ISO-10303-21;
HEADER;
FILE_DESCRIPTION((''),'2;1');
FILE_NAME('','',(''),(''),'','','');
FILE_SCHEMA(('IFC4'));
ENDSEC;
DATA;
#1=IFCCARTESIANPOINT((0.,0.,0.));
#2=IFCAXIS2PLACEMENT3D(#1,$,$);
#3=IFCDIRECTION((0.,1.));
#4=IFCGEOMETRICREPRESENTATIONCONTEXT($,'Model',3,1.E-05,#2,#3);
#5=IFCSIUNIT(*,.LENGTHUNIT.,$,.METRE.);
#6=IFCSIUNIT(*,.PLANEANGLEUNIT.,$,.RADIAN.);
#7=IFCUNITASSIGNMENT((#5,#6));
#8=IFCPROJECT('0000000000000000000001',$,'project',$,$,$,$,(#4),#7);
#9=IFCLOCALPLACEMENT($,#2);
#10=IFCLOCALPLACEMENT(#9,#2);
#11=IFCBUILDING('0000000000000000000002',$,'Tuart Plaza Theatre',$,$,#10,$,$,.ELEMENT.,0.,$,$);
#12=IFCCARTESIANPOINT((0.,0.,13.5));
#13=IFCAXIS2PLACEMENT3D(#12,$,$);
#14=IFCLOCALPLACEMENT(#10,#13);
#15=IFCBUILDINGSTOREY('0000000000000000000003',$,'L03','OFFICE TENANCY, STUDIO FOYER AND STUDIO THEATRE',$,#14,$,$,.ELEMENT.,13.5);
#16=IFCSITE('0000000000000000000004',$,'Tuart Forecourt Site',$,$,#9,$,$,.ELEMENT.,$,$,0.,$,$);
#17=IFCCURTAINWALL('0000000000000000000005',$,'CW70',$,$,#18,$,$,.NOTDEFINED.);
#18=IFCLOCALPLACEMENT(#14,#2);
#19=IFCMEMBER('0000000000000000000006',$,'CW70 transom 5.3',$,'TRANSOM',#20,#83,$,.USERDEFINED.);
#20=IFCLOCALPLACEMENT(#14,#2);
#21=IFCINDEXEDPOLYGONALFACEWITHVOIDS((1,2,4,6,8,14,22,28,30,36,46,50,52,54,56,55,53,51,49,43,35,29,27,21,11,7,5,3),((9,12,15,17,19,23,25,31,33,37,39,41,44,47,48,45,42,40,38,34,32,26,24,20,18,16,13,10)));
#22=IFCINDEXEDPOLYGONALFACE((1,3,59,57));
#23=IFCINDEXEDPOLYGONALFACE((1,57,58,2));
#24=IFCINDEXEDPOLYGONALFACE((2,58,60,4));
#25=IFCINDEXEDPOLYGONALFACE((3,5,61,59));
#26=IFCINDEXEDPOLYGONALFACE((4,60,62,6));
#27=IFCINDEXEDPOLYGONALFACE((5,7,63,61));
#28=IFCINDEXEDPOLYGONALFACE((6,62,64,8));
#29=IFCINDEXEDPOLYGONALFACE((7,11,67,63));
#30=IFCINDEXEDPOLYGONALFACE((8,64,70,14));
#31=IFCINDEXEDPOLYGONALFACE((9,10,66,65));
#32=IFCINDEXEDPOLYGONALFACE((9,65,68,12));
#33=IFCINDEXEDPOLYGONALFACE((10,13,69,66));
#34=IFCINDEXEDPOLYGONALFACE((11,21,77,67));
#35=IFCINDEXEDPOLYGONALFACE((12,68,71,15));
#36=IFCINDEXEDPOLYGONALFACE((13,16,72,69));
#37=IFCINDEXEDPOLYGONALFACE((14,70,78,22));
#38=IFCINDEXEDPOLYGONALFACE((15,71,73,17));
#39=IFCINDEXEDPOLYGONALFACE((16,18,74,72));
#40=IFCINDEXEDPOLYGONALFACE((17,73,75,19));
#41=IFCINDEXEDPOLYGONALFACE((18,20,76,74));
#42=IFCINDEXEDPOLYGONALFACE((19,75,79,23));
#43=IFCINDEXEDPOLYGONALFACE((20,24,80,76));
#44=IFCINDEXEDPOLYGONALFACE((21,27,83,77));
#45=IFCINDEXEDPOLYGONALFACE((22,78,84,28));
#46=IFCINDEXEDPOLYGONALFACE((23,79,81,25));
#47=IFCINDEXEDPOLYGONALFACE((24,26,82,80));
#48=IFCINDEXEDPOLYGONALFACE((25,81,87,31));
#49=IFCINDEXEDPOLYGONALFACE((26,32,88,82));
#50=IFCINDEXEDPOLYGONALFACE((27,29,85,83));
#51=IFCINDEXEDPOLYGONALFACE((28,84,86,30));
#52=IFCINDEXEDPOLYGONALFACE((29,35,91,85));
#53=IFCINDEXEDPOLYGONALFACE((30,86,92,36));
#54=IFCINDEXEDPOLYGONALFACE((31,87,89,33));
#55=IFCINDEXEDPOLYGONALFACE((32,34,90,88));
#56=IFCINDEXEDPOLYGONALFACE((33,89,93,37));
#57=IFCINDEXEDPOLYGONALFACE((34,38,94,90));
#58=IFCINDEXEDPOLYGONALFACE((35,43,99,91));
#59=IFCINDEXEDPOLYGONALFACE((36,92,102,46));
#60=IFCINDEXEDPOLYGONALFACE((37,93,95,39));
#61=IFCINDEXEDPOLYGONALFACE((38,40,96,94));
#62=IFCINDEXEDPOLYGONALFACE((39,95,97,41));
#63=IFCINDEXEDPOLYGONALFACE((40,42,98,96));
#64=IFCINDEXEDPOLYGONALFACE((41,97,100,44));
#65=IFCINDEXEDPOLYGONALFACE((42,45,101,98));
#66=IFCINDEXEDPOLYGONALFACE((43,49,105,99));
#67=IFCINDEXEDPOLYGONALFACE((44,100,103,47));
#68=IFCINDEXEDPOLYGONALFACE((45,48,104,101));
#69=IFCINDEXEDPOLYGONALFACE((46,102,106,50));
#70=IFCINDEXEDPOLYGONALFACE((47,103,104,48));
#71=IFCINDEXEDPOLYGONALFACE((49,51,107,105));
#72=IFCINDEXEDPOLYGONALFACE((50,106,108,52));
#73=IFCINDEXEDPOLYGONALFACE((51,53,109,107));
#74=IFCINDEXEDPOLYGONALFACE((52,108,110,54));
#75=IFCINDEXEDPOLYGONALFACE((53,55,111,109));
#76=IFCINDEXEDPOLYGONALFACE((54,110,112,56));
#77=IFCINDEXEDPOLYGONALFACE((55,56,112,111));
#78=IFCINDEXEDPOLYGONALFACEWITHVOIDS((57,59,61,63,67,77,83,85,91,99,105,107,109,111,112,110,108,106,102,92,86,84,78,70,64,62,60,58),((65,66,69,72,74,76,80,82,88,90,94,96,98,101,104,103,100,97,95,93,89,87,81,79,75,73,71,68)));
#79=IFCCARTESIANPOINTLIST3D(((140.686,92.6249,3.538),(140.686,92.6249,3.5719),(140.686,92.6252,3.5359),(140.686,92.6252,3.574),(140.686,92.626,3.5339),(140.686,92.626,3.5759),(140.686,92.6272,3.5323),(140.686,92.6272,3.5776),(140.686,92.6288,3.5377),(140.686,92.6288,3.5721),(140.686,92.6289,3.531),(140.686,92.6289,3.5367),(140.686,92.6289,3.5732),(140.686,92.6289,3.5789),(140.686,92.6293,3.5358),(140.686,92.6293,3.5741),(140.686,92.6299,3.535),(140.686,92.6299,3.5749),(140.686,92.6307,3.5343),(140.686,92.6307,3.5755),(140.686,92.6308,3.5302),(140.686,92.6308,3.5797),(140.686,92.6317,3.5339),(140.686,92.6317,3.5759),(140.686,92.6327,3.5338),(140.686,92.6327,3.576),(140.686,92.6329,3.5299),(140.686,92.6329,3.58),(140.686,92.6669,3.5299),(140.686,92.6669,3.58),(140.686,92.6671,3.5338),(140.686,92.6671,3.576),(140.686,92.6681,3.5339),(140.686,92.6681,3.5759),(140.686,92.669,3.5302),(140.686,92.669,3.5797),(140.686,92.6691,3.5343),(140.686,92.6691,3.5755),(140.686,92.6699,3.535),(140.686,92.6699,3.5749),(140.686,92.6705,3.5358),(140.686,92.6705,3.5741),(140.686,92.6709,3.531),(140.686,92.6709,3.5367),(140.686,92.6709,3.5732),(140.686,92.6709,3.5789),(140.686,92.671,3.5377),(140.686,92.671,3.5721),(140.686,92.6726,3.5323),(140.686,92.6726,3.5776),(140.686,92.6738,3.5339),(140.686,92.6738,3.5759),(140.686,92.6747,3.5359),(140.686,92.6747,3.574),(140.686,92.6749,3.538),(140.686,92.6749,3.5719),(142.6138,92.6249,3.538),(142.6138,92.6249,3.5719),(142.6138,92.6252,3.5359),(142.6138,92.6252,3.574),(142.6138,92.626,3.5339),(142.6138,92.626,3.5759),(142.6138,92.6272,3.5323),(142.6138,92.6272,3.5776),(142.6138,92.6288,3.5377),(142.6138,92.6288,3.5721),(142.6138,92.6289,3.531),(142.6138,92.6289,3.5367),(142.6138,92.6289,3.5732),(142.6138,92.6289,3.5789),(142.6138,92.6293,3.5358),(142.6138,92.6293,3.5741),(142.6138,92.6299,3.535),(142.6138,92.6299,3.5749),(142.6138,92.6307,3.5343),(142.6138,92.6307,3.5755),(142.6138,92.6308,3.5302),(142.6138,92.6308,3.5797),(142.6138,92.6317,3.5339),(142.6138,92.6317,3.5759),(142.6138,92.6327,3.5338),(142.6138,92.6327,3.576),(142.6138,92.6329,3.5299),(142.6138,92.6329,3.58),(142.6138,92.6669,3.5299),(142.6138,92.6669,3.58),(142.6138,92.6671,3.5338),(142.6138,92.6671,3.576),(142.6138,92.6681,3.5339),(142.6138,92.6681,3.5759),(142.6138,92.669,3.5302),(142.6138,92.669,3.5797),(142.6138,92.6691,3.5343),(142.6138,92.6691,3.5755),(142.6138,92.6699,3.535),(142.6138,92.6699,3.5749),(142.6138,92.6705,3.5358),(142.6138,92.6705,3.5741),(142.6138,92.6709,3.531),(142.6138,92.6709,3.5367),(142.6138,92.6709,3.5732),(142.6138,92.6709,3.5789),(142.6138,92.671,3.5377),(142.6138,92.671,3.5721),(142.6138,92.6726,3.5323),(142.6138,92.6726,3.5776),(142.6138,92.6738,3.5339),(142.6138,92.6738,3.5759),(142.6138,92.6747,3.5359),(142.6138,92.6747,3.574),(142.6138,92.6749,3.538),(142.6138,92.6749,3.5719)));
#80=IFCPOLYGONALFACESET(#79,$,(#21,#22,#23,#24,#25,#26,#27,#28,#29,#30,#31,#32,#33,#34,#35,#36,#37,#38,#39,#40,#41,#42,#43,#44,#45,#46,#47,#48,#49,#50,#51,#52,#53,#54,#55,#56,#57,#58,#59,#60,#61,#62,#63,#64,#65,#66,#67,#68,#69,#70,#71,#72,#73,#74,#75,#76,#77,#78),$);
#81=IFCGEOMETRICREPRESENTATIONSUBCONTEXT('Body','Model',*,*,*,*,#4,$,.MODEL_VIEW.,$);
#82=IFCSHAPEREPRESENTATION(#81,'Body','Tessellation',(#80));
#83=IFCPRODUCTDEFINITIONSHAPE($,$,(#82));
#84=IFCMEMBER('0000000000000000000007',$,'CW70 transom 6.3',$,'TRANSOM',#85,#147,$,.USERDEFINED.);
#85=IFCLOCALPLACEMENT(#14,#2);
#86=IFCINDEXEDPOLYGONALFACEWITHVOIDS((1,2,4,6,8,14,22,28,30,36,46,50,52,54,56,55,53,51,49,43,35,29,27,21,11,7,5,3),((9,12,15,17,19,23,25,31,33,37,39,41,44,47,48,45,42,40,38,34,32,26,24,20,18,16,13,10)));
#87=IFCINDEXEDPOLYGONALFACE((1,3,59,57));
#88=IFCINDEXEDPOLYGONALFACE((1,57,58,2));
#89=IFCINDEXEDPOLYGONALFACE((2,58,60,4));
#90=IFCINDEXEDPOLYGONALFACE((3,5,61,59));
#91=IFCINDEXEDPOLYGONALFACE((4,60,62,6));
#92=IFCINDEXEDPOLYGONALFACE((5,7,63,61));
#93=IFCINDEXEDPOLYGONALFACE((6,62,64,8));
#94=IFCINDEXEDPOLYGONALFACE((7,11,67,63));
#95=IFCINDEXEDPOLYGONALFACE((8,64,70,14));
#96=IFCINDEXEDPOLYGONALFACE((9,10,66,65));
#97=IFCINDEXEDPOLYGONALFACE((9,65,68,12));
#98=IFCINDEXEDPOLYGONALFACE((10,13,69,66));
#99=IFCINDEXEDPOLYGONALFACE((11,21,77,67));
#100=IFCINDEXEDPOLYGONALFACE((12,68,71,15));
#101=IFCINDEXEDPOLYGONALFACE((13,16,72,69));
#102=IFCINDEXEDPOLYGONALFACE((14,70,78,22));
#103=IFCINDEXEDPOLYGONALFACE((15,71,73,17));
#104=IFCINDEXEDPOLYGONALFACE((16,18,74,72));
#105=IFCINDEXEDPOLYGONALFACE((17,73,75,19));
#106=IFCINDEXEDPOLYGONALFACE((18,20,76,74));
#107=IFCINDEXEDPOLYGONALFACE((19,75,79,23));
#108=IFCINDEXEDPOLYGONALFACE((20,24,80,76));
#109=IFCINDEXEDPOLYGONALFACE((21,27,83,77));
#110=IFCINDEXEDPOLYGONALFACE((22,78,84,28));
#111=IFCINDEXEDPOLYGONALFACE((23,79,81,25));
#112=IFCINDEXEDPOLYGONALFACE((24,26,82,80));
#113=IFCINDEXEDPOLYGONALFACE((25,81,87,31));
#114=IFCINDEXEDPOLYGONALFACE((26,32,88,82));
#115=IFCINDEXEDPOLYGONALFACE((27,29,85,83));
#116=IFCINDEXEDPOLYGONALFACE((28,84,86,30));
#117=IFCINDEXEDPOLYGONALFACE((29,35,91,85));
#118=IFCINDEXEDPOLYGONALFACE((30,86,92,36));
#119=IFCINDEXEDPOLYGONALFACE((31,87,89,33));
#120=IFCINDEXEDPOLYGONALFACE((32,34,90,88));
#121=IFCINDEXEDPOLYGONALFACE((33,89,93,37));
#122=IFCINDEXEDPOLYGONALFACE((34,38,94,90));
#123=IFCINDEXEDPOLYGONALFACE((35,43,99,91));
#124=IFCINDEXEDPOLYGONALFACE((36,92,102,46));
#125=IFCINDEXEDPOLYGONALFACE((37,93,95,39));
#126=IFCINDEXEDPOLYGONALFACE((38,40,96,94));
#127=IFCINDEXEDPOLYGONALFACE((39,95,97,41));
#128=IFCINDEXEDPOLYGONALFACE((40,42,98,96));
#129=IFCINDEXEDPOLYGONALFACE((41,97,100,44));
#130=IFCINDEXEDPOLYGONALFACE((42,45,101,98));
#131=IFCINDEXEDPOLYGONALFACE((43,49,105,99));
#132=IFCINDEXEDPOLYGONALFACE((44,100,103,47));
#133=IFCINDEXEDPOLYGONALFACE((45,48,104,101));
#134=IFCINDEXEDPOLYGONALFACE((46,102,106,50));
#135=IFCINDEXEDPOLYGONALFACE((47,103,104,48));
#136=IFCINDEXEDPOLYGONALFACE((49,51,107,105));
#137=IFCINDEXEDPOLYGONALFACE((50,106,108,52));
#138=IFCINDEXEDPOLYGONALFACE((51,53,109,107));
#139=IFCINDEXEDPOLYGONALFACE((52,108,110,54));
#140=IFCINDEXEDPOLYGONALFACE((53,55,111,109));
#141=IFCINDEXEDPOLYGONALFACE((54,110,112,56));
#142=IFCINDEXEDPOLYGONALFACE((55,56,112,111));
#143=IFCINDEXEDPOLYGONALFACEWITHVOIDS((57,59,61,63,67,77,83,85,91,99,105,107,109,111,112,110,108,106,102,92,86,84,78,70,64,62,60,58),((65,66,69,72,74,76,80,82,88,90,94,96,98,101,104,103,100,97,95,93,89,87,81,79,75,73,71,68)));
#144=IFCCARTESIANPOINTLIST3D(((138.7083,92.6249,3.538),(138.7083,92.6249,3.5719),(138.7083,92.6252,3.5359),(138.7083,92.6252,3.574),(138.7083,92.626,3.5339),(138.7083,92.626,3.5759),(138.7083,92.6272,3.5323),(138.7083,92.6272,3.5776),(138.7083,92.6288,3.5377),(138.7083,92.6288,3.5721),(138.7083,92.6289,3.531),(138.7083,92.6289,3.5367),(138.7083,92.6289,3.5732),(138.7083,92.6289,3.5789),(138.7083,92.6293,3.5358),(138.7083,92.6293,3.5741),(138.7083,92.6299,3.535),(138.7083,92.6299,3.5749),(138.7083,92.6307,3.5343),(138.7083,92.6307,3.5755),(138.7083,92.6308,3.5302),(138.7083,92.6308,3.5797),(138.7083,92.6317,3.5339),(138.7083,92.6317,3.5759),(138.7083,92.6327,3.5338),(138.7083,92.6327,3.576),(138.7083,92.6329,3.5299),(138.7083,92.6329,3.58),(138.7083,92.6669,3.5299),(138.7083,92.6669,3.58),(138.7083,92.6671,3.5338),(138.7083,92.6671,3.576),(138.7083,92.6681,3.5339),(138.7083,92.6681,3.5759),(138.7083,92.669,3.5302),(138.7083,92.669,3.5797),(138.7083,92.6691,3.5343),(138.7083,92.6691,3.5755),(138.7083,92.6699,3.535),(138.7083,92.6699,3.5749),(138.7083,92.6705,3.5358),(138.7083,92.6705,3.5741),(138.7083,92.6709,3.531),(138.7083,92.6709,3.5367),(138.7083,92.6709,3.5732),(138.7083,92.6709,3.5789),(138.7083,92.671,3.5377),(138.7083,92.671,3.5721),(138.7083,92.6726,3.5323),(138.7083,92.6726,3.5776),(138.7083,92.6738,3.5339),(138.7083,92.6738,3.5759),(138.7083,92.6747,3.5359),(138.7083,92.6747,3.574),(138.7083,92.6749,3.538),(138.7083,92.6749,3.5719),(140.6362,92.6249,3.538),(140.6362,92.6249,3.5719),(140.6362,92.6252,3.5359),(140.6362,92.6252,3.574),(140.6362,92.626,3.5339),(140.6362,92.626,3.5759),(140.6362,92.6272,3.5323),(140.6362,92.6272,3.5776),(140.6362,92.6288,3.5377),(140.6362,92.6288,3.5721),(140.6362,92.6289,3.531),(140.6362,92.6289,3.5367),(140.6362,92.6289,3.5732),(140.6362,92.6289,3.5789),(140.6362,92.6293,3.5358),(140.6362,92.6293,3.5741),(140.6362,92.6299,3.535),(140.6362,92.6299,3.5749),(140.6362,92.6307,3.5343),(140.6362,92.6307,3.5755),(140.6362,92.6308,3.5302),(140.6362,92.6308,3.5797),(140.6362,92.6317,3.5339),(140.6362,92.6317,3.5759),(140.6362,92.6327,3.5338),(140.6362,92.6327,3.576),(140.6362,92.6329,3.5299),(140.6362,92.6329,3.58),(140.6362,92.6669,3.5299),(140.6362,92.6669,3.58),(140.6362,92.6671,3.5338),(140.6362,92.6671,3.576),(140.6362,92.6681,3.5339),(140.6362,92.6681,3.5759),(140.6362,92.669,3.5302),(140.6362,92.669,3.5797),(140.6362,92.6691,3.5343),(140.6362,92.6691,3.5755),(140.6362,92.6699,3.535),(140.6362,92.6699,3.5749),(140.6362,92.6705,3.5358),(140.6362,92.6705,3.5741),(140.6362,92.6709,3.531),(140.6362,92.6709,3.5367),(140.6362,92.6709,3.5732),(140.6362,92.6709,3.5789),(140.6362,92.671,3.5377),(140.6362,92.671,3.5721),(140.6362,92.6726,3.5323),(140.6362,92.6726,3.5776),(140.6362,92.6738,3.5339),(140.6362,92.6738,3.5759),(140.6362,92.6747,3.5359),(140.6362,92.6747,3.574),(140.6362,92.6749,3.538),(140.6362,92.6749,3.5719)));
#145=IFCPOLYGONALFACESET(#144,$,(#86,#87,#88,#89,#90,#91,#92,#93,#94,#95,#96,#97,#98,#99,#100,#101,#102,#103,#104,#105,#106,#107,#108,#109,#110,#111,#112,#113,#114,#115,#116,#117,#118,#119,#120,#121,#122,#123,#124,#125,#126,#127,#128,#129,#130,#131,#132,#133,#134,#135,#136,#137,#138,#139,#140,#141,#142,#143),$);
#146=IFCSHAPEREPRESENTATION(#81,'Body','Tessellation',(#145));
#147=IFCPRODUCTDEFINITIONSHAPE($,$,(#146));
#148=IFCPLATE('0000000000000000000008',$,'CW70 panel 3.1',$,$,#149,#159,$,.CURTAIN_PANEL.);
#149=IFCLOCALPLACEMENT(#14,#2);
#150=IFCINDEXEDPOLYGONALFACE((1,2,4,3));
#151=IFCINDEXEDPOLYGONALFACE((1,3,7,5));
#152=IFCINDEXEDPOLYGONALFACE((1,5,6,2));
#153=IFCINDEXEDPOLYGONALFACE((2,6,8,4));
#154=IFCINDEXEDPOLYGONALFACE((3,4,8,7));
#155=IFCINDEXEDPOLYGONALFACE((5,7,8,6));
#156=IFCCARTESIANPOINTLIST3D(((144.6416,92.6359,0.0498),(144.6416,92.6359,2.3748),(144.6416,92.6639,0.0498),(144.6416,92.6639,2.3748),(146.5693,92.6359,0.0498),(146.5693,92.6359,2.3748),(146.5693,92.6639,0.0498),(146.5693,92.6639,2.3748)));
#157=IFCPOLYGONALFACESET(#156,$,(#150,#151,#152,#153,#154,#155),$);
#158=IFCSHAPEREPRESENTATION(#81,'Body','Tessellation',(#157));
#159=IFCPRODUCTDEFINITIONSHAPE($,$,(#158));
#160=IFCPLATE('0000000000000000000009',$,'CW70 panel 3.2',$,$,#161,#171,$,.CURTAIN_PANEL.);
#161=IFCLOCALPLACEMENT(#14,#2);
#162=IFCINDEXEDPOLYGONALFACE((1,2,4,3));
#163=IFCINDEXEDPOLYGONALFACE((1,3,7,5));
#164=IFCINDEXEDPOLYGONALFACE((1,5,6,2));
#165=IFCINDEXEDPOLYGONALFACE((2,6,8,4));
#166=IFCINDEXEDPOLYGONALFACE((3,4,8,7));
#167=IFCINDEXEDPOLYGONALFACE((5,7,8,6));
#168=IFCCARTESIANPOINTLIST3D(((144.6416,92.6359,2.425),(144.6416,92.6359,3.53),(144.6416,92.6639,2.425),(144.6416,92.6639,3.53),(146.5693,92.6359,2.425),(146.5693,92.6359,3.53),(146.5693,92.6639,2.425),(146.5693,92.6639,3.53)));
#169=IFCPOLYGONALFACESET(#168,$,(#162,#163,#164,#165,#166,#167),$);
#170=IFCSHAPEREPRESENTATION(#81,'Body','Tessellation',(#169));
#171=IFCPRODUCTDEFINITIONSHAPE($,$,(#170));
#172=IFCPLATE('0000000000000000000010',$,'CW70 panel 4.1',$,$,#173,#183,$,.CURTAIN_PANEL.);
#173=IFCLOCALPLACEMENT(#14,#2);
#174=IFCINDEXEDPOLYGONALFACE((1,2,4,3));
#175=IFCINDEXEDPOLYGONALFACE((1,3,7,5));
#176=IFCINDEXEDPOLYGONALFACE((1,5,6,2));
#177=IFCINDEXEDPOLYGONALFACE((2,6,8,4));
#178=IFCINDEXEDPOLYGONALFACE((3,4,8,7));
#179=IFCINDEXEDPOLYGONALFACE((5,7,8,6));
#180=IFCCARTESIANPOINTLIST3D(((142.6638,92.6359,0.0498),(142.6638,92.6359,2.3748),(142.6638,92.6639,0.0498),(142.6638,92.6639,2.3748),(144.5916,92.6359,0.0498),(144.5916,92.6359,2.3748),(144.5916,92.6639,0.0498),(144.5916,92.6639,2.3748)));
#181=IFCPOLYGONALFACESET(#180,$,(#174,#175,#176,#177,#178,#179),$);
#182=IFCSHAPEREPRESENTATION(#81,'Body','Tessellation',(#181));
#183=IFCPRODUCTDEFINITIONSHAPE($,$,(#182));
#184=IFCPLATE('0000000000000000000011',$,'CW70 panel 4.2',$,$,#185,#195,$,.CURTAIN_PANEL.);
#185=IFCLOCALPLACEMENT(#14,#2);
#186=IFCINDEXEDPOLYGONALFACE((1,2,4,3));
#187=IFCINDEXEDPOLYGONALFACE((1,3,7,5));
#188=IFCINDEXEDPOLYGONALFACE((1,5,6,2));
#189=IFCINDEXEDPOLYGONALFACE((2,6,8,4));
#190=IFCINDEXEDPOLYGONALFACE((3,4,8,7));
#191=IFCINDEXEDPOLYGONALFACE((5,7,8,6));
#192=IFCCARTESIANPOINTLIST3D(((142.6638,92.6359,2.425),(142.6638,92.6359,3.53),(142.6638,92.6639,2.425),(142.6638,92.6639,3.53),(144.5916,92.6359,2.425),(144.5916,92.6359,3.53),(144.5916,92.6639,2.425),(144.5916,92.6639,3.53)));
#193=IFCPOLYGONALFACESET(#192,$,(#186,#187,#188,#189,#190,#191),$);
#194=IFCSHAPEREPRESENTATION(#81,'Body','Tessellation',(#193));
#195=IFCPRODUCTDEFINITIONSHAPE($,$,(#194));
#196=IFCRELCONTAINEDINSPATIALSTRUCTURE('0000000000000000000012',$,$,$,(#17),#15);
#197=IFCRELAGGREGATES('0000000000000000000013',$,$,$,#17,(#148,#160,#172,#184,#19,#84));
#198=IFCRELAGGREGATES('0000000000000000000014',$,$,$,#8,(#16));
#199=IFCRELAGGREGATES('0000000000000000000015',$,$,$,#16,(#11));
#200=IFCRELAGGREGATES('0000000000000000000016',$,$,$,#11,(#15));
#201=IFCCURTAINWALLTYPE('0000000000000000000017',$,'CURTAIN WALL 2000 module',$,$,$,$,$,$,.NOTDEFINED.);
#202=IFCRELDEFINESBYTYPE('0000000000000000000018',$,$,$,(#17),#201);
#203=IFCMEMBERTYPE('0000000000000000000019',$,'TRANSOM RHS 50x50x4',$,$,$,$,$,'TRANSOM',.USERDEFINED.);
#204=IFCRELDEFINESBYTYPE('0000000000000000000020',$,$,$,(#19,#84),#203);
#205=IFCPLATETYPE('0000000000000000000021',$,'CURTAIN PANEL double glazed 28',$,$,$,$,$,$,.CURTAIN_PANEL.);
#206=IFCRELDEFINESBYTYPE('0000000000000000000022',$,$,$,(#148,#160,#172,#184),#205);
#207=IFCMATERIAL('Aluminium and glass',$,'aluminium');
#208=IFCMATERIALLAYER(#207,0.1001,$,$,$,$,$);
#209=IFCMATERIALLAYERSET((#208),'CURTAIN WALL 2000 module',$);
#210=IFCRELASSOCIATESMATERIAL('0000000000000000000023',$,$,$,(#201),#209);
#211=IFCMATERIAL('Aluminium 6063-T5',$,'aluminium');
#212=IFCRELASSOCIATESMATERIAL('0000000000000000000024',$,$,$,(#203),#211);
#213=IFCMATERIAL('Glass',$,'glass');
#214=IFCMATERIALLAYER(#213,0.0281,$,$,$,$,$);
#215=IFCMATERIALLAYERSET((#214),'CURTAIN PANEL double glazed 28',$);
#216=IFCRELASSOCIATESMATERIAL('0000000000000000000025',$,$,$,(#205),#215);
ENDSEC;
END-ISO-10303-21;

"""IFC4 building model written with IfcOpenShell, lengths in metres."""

from ifc_helpers import new_model, si_unit, direction, frame, origin, origin_2d, place, context, subcontext, project, spatial, rectangle, hollow_rectangle, extrude, material, layer, layer_set, material_profile, profile_set, type_object, element, aggregate, save


model = new_model("IFC4")

# Units and contexts
model_context = context("Model", 3, precision=1e-05, world=origin(), true_north=direction((0.0, 1.0)))
body_context = subcontext(model_context, "Body", "Model", "MODEL_VIEW")
ifc_project = project(units=[si_unit("LENGTHUNIT", "METRE"), si_unit("PLANEANGLEUNIT", "RADIAN")], contexts=[model_context])

# Site, building, storey
site_placement = place(None, origin())
site = spatial("IfcSite", under=ifc_project, at=site_placement, Name="Tuart Forecourt Site", CompositionType="ELEMENT", RefElevation=0.0)
building_placement = place(site_placement, origin())
building = spatial("IfcBuilding", under=site, at=building_placement, Name="Tuart Plaza Theatre", CompositionType="ELEMENT", ElevationOfRefHeight=0.0)
storey_placement = place(building_placement, frame((0.0, 0.0, 13.5)))
storey = spatial("IfcBuildingStorey", under=building, at=storey_placement, Name="L03", Description="OFFICE TENANCY, STUDIO FOYER AND STUDIO THEATRE", CompositionType="ELEMENT", Elevation=13.5)

# Curtain wall, members, plates
ifc_material_1 = material(Name="Aluminium and glass", Category="aluminium")
ifc_layer_1 = layer(ifc_material_1, 0.1001)
ifc_layer_set_1 = layer_set([ifc_layer_1], Name="CURTAIN WALL 2000 module")
curtain_wall_type = type_object("IfcCurtainWallType", Name="CURTAIN WALL 2000 module", PredefinedType="NOTDEFINED", material=ifc_layer_set_1)
curtain_wall_placement = place(storey_placement, origin())
curtain_wall = element("IfcCurtainWall", 1, at=curtain_wall_placement, inside=storey, type_object=curtain_wall_type, Name="CW70", PredefinedType="NOTDEFINED")
ifc_material_2 = material(Name="Aluminium 6063-T5", Category="aluminium")
ifc_material_profile_1 = material_profile(ifc_material_2, hollow_rectangle(XDim=0.05, YDim=0.05, WallThickness=0.0039, InnerFilletRadius=0.0039, OuterFilletRadius=0.0081, at=origin_2d()), Name="RHS 50x50x4")
ifc_profile_set_1 = profile_set([ifc_material_profile_1], Name="Aluminium 6063-T5")
member_type_1 = type_object("IfcMemberType", Name="TRANSOM RHS 50x50x4", ElementType="TRANSOM", PredefinedType="USERDEFINED", material=ifc_profile_set_1)
member_1_placement = place(storey_placement, frame((142.6138, 92.6499, 3.5549), z_axis=(-1.0, 0.0, 0.0), x_axis=(0.0, -1.0, 0.0)))
member_1 = element("IfcMember", 2, at=member_1_placement, type_object=member_type_1, Name="CW70 transom 5.3", ObjectType="TRANSOM", PredefinedType="USERDEFINED", context=body_context, shape_type="SweptSolid", body=[
    extrude(hollow_rectangle(XDim=0.05, YDim=0.05, WallThickness=0.0039, InnerFilletRadius=0.0039, OuterFilletRadius=0.0081, at=origin_2d()), origin(), (0.0, 0.0, 1.0), 1.9277),
])
member_2_placement = place(storey_placement, frame((140.6362, 92.6499, 3.5549), z_axis=(-1.0, 0.0, 0.0), x_axis=(0.0, -1.0, 0.0)))
member_2 = element("IfcMember", 3, at=member_2_placement, type_object=member_type_1, Name="CW70 transom 6.3", ObjectType="TRANSOM", PredefinedType="USERDEFINED", context=body_context, shape_type="SweptSolid", body=[
    extrude(hollow_rectangle(XDim=0.05, YDim=0.05, WallThickness=0.0039, InnerFilletRadius=0.0039, OuterFilletRadius=0.0081, at=origin_2d()), origin(), (0.0, 0.0, 1.0), 1.928),
])
ifc_material_3 = material(Name="Glass", Category="glass")
ifc_layer_2 = layer(ifc_material_3, 0.0281)
ifc_layer_set_2 = layer_set([ifc_layer_2], Name="CURTAIN PANEL double glazed 28")
plate_type = type_object("IfcPlateType", Name="CURTAIN PANEL double glazed 28", PredefinedType="CURTAIN_PANEL", material=ifc_layer_set_2)
plate_1_placement = place(storey_placement, frame((145.6055, 92.6499, 0.0498), z_axis=(0.0, 0.0, 1.0), x_axis=(-1.0, 0.0, 0.0)))
plate_1 = element("IfcPlate", 4, at=plate_1_placement, type_object=plate_type, Name="CW70 panel 3.1", PredefinedType="CURTAIN_PANEL", context=body_context, shape_type="SweptSolid", body=[
    extrude(rectangle(XDim=1.9277, YDim=0.0281, at=origin_2d()), origin(), (0.0, 0.0, 1.0), 2.325),
])
plate_2_placement = place(storey_placement, frame((145.6055, 92.6499, 2.425), z_axis=(0.0, 0.0, 1.0), x_axis=(-1.0, 0.0, 0.0)))
plate_2 = element("IfcPlate", 5, at=plate_2_placement, type_object=plate_type, Name="CW70 panel 3.2", PredefinedType="CURTAIN_PANEL", context=body_context, shape_type="SweptSolid", body=[
    extrude(rectangle(XDim=1.9277, YDim=0.0281, at=origin_2d()), origin(), (0.0, 0.0, 1.0), 1.105),
])
plate_3_placement = place(storey_placement, frame((143.6277, 92.6499, 0.0498), z_axis=(0.0, 0.0, 1.0), x_axis=(-1.0, 0.0, 0.0)))
plate_3 = element("IfcPlate", 6, at=plate_3_placement, type_object=plate_type, Name="CW70 panel 4.1", PredefinedType="CURTAIN_PANEL", context=body_context, shape_type="SweptSolid", body=[
    extrude(rectangle(XDim=1.9277, YDim=0.0281, at=origin_2d()), origin(), (0.0, 0.0, 1.0), 2.325),
])
plate_4_placement = place(storey_placement, frame((143.6277, 92.6499, 2.425), z_axis=(0.0, 0.0, 1.0), x_axis=(-1.0, 0.0, 0.0)))
plate_4 = element("IfcPlate", 7, at=plate_4_placement, type_object=plate_type, Name="CW70 panel 4.2", PredefinedType="CURTAIN_PANEL", context=body_context, shape_type="SweptSolid", body=[
    extrude(rectangle(XDim=1.9277, YDim=0.0281, at=origin_2d()), origin(), (0.0, 0.0, 1.0), 1.105),
])
aggregate(curtain_wall, [plate_1, plate_2, plate_3, plate_4, member_1, member_2])

save(model, "model.ifc")
